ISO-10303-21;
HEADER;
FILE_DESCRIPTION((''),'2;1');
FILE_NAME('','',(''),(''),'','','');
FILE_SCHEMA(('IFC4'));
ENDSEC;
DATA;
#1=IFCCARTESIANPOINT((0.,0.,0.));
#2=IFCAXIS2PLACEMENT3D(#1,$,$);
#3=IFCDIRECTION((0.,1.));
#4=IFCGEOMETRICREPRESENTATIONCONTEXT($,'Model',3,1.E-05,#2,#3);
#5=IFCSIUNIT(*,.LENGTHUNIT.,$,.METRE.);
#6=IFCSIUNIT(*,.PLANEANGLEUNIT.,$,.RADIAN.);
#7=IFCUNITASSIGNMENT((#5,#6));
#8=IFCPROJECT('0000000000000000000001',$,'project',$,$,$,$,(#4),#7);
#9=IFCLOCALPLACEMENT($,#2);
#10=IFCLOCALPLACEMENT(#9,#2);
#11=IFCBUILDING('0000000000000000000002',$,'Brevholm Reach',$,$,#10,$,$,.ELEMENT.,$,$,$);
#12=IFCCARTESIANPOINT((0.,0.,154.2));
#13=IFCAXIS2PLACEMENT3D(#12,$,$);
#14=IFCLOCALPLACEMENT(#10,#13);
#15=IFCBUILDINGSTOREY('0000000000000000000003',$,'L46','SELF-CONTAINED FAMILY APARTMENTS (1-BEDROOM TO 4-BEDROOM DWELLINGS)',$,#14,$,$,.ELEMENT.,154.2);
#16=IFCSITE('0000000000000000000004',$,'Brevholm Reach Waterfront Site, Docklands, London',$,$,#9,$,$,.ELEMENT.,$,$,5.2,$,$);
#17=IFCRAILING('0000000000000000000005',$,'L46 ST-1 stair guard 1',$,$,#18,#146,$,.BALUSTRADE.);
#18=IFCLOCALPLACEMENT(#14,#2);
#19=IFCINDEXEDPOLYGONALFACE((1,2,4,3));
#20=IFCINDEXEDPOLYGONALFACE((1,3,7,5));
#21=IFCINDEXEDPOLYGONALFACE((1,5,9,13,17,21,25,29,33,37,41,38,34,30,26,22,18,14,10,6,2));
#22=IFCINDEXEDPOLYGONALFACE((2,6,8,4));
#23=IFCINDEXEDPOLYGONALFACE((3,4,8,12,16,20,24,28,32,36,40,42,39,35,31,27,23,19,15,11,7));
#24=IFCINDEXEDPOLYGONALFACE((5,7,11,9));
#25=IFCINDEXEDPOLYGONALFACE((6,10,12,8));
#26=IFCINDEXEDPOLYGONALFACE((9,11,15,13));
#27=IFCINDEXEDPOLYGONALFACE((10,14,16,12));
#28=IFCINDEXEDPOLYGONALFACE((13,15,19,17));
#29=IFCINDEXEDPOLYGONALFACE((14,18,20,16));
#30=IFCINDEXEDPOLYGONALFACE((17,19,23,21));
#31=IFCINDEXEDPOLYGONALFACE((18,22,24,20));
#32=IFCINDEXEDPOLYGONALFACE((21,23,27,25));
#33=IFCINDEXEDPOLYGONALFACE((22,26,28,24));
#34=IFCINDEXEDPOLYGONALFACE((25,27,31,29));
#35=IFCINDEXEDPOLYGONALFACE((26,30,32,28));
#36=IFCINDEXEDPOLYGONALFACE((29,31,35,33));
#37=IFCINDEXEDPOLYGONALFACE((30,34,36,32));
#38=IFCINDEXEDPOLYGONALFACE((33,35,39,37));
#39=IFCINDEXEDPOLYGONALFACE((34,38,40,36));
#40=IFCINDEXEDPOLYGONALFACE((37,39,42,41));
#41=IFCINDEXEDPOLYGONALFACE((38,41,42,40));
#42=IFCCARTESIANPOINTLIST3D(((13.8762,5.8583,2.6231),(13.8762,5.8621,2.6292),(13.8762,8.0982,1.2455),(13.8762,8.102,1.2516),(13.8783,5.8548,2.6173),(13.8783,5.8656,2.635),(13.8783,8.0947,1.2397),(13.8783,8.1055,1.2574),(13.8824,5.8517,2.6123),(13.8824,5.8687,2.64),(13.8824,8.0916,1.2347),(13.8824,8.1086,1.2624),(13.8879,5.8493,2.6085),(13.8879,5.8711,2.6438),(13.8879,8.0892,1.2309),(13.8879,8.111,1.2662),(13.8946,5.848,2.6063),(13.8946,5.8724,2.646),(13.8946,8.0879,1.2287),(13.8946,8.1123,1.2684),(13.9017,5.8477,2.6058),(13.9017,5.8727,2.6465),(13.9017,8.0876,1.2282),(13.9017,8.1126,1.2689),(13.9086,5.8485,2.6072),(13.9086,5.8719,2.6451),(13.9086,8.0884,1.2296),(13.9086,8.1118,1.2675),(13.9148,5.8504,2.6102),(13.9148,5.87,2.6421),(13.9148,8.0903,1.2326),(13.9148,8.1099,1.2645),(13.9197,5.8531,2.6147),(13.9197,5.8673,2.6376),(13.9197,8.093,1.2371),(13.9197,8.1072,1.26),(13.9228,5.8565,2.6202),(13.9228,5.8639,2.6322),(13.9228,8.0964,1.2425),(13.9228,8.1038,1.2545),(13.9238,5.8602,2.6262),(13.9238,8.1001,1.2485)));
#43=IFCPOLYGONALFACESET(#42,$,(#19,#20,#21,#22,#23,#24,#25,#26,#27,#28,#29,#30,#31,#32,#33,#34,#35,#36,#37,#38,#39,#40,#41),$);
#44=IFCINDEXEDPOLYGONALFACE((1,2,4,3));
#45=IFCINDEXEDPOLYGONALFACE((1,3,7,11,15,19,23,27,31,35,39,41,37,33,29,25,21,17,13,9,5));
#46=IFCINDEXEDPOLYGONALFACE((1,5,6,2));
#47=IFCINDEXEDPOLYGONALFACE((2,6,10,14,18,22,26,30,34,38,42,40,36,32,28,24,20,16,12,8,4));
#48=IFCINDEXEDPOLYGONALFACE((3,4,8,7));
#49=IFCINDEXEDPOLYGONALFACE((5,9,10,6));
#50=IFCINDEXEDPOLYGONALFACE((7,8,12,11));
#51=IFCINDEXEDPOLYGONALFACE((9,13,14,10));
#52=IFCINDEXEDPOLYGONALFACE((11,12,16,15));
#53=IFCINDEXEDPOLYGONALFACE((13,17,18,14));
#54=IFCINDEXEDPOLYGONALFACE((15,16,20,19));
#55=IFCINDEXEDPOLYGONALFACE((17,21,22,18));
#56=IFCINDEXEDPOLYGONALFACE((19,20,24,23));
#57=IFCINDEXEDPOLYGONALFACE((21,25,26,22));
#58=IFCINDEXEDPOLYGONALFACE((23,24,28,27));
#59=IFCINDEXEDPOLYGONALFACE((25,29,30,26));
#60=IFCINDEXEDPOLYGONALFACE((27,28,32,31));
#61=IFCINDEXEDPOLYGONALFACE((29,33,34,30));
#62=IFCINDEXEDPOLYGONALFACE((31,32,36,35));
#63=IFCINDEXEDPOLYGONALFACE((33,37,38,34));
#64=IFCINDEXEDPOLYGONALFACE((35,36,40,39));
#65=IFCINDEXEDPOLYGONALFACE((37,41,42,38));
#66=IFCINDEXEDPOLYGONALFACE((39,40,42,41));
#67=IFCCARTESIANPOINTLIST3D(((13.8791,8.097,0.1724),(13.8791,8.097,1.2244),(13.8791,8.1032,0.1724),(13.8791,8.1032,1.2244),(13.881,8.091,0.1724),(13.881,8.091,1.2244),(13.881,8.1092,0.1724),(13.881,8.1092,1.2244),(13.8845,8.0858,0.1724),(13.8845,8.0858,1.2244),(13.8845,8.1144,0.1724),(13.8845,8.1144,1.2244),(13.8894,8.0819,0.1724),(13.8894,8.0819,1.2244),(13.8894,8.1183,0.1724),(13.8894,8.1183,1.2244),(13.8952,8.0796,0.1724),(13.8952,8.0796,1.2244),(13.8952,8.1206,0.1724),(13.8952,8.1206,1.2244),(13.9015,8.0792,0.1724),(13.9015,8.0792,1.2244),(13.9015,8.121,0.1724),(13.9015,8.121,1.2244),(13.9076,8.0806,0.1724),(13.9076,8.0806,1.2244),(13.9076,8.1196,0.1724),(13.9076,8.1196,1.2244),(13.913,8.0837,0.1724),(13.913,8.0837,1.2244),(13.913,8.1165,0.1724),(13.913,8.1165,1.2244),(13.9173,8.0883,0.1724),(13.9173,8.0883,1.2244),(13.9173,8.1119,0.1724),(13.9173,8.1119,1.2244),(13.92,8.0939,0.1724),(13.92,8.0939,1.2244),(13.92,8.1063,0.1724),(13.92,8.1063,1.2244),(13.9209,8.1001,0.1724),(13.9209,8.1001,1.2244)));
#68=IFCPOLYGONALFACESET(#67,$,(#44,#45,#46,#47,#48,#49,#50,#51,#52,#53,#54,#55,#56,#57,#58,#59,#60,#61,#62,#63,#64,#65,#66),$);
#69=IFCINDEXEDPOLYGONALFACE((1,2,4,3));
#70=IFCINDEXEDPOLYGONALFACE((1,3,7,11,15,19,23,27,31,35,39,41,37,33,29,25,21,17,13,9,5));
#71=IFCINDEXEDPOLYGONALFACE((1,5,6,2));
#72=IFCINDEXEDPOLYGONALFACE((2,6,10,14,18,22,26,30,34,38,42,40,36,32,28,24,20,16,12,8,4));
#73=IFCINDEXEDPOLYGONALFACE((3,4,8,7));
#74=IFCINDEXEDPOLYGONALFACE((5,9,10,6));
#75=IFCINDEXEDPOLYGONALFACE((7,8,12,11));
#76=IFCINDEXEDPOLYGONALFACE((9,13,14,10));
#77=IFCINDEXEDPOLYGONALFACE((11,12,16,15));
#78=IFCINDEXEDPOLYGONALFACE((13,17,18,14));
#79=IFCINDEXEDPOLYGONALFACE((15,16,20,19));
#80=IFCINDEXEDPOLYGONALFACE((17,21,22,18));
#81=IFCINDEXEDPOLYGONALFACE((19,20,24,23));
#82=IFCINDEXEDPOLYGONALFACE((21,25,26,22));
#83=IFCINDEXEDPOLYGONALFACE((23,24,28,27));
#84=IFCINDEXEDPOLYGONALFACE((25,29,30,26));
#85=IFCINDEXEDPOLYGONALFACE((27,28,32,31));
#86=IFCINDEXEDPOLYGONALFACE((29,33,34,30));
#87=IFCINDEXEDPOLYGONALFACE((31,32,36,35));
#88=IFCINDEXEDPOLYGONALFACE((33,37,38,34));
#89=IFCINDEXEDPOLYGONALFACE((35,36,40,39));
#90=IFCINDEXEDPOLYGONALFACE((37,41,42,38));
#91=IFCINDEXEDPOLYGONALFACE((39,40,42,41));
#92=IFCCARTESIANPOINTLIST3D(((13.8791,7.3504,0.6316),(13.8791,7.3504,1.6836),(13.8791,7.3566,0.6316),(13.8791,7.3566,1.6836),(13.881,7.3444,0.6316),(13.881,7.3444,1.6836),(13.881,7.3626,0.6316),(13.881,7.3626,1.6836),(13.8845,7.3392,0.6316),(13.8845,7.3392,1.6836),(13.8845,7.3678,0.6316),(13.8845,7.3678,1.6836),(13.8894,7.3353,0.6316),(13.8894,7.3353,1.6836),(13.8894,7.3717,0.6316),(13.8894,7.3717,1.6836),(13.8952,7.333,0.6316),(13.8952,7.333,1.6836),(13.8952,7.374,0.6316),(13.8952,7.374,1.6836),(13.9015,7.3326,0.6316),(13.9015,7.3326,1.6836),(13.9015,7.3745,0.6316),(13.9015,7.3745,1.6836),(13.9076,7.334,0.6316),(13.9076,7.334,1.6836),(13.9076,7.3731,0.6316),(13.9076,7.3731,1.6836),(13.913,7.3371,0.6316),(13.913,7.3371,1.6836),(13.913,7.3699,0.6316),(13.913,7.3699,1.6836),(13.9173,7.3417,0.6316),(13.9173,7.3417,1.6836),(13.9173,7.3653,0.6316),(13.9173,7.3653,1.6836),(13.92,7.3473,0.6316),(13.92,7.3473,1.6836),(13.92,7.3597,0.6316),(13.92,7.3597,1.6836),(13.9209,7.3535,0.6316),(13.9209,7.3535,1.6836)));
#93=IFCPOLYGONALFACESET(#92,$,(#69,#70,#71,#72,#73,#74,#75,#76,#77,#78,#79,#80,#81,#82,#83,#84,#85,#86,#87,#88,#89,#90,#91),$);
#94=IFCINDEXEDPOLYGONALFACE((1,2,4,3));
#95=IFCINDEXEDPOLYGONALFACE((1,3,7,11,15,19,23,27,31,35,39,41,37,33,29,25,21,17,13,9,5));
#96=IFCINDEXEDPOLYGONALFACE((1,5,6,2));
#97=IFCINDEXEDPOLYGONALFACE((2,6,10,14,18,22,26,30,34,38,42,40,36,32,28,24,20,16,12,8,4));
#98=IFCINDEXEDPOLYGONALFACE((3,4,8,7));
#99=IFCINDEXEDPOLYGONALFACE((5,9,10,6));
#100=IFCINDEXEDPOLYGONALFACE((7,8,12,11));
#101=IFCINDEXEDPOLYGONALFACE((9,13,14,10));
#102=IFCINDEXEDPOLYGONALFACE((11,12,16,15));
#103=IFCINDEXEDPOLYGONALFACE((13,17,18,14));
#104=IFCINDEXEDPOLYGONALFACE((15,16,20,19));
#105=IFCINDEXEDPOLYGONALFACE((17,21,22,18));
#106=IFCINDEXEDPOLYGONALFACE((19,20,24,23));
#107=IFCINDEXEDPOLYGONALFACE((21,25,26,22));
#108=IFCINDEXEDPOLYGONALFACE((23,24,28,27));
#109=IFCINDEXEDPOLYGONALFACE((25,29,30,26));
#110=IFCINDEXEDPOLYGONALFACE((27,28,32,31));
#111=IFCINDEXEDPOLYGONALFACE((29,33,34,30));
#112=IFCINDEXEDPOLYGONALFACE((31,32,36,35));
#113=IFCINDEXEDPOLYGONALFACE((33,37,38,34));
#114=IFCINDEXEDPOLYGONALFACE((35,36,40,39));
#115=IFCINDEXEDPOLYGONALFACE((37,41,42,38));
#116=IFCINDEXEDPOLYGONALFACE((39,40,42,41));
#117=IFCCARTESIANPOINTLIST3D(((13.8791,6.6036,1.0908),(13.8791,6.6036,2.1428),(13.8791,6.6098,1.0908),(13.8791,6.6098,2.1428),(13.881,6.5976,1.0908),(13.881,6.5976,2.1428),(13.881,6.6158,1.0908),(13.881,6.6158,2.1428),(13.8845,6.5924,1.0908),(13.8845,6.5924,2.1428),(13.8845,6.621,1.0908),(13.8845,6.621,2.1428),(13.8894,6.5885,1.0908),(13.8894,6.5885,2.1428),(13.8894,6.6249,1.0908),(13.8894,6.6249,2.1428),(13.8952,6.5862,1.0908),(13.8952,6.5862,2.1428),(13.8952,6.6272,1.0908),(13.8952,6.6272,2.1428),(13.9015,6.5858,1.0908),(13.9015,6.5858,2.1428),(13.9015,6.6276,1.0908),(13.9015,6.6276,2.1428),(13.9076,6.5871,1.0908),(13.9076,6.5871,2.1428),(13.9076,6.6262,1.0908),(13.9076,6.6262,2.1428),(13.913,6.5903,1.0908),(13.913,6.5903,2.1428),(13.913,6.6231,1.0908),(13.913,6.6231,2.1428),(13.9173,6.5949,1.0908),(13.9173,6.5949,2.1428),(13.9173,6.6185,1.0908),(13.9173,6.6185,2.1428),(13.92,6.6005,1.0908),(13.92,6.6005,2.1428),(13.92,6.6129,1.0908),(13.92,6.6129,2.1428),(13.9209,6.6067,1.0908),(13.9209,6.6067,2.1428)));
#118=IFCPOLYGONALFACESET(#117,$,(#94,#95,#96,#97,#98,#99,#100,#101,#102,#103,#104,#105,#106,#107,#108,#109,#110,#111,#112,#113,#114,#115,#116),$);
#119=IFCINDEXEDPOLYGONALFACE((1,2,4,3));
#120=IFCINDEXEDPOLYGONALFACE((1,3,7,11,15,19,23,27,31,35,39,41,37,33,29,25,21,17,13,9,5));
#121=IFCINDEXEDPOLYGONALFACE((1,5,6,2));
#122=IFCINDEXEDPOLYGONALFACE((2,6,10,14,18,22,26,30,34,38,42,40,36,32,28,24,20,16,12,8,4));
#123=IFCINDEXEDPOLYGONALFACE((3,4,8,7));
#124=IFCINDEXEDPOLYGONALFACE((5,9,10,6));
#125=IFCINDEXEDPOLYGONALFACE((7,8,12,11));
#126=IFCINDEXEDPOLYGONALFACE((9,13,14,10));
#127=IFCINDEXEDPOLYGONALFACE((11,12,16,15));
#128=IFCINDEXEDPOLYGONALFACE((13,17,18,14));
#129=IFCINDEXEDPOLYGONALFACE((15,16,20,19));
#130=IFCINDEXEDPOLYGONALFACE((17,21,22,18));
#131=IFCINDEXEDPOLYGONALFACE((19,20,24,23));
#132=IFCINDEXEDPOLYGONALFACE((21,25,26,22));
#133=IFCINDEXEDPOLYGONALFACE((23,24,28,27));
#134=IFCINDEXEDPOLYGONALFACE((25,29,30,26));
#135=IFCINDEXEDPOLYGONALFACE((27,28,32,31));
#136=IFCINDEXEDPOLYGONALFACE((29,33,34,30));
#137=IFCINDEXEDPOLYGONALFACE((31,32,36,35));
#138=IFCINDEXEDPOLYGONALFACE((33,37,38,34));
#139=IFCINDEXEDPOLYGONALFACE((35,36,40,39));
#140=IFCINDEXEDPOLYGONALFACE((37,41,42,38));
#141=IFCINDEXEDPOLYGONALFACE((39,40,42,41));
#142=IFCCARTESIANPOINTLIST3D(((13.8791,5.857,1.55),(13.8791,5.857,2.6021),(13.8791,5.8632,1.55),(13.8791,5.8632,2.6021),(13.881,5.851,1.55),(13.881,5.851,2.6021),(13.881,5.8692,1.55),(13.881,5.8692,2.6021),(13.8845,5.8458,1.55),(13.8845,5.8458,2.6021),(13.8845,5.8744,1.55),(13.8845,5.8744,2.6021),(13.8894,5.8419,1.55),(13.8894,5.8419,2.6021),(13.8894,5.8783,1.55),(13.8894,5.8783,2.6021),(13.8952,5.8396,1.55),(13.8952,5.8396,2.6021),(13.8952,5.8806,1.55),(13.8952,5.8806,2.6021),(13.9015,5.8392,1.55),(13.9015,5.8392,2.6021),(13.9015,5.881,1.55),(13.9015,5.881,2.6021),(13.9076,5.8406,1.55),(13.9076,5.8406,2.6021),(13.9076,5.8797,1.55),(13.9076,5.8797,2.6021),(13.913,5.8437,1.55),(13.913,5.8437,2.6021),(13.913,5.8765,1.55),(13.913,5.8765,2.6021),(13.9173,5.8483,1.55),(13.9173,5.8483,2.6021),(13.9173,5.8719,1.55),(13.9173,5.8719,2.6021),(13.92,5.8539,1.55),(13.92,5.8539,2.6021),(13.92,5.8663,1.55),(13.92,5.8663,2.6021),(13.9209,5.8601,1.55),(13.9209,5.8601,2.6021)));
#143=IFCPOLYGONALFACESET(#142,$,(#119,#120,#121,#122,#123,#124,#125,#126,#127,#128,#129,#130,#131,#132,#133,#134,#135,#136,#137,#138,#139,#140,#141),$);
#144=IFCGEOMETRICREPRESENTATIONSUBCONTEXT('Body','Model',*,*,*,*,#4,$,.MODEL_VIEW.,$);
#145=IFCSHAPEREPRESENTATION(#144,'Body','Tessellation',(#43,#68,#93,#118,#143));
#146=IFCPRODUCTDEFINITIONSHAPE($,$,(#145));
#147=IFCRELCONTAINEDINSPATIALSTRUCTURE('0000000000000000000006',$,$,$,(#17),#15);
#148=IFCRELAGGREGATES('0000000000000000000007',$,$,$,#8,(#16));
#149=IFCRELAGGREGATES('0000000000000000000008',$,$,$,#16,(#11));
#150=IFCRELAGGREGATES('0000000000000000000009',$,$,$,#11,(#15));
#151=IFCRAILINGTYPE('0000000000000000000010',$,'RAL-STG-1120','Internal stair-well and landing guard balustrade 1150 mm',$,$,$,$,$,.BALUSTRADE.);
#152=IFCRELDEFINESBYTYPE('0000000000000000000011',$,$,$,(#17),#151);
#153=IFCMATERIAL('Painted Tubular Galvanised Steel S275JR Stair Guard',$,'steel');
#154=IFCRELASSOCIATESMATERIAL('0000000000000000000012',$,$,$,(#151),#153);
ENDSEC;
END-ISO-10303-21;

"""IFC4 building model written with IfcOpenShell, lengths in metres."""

from ifc_helpers import new_model, si_unit, direction, frame, origin, origin_2d, place, context, subcontext, project, spatial, circle, extrude, material, type_object, element, save


model = new_model("IFC4")

# Units and contexts
model_context = context("Model", 3, precision=1e-05, world=origin(), true_north=direction((0.0, 1.0)))
body_context = subcontext(model_context, "Body", "Model", "MODEL_VIEW")
ifc_project = project(units=[si_unit("LENGTHUNIT", "METRE"), si_unit("PLANEANGLEUNIT", "RADIAN")], contexts=[model_context])

# Site, building, storey
site_placement = place(None, origin())
site = spatial("IfcSite", under=ifc_project, at=site_placement, Name="Brevholm Reach Waterfront Site, Docklands, London", CompositionType="ELEMENT", RefElevation=5.2)
building_placement = place(site_placement, origin())
building = spatial("IfcBuilding", under=site, at=building_placement, Name="Brevholm Reach", CompositionType="ELEMENT")
storey_placement = place(building_placement, frame((0.0, 0.0, 154.2)))
storey = spatial("IfcBuildingStorey", under=building, at=storey_placement, Name="L46", Description="SELF-CONTAINED FAMILY APARTMENTS (1-BEDROOM TO 4-BEDROOM DWELLINGS)", CompositionType="ELEMENT", Elevation=154.2)

# Railing
ifc_material_1 = material(Name="Painted Tubular Galvanised Steel S275JR Stair Guard", Category="steel")
railing_type_1 = type_object("IfcRailingType", Name="RAL-STG-1120", Description="Internal stair-well and landing guard balustrade 1150 mm", PredefinedType="BALUSTRADE", material=ifc_material_1)
railing_1_placement = place(storey_placement, frame((13.8999, 8.1001, 0.1724)))
element("IfcRailing", 1, at=railing_1_placement, inside=storey, type_object=railing_type_1, Name="L46 ST-1 stair guard 1", PredefinedType="BALUSTRADE", context=body_context, shape_type="SweptSolid", body=[
    extrude(circle(Radius=0.0239, at=origin_2d()), frame((0.0, 0.0, 1.0762), z_axis=(0.0, -0.851789, 0.523885), x_axis=(1.0, 0.0, 0.0)), (0.0, 0.0, 1.0), 2.6296),
    extrude(circle(Radius=0.021, at=origin_2d()), origin(), (0.0, 0.0, 1.0), 1.052),
    extrude(circle(Radius=0.021, at=origin_2d()), frame((0.0, -0.7466, 0.4592)), (0.0, 0.0, 1.0), 1.052),
    extrude(circle(Radius=0.021, at=origin_2d()), frame((0.0, -1.4934, 0.9185)), (0.0, 0.0, 1.0), 1.052),
    extrude(circle(Radius=0.021, at=origin_2d()), frame((0.0, -2.24, 1.3777)), (0.0, 0.0, 1.0), 1.052),
])

save(model, "model.ifc")
